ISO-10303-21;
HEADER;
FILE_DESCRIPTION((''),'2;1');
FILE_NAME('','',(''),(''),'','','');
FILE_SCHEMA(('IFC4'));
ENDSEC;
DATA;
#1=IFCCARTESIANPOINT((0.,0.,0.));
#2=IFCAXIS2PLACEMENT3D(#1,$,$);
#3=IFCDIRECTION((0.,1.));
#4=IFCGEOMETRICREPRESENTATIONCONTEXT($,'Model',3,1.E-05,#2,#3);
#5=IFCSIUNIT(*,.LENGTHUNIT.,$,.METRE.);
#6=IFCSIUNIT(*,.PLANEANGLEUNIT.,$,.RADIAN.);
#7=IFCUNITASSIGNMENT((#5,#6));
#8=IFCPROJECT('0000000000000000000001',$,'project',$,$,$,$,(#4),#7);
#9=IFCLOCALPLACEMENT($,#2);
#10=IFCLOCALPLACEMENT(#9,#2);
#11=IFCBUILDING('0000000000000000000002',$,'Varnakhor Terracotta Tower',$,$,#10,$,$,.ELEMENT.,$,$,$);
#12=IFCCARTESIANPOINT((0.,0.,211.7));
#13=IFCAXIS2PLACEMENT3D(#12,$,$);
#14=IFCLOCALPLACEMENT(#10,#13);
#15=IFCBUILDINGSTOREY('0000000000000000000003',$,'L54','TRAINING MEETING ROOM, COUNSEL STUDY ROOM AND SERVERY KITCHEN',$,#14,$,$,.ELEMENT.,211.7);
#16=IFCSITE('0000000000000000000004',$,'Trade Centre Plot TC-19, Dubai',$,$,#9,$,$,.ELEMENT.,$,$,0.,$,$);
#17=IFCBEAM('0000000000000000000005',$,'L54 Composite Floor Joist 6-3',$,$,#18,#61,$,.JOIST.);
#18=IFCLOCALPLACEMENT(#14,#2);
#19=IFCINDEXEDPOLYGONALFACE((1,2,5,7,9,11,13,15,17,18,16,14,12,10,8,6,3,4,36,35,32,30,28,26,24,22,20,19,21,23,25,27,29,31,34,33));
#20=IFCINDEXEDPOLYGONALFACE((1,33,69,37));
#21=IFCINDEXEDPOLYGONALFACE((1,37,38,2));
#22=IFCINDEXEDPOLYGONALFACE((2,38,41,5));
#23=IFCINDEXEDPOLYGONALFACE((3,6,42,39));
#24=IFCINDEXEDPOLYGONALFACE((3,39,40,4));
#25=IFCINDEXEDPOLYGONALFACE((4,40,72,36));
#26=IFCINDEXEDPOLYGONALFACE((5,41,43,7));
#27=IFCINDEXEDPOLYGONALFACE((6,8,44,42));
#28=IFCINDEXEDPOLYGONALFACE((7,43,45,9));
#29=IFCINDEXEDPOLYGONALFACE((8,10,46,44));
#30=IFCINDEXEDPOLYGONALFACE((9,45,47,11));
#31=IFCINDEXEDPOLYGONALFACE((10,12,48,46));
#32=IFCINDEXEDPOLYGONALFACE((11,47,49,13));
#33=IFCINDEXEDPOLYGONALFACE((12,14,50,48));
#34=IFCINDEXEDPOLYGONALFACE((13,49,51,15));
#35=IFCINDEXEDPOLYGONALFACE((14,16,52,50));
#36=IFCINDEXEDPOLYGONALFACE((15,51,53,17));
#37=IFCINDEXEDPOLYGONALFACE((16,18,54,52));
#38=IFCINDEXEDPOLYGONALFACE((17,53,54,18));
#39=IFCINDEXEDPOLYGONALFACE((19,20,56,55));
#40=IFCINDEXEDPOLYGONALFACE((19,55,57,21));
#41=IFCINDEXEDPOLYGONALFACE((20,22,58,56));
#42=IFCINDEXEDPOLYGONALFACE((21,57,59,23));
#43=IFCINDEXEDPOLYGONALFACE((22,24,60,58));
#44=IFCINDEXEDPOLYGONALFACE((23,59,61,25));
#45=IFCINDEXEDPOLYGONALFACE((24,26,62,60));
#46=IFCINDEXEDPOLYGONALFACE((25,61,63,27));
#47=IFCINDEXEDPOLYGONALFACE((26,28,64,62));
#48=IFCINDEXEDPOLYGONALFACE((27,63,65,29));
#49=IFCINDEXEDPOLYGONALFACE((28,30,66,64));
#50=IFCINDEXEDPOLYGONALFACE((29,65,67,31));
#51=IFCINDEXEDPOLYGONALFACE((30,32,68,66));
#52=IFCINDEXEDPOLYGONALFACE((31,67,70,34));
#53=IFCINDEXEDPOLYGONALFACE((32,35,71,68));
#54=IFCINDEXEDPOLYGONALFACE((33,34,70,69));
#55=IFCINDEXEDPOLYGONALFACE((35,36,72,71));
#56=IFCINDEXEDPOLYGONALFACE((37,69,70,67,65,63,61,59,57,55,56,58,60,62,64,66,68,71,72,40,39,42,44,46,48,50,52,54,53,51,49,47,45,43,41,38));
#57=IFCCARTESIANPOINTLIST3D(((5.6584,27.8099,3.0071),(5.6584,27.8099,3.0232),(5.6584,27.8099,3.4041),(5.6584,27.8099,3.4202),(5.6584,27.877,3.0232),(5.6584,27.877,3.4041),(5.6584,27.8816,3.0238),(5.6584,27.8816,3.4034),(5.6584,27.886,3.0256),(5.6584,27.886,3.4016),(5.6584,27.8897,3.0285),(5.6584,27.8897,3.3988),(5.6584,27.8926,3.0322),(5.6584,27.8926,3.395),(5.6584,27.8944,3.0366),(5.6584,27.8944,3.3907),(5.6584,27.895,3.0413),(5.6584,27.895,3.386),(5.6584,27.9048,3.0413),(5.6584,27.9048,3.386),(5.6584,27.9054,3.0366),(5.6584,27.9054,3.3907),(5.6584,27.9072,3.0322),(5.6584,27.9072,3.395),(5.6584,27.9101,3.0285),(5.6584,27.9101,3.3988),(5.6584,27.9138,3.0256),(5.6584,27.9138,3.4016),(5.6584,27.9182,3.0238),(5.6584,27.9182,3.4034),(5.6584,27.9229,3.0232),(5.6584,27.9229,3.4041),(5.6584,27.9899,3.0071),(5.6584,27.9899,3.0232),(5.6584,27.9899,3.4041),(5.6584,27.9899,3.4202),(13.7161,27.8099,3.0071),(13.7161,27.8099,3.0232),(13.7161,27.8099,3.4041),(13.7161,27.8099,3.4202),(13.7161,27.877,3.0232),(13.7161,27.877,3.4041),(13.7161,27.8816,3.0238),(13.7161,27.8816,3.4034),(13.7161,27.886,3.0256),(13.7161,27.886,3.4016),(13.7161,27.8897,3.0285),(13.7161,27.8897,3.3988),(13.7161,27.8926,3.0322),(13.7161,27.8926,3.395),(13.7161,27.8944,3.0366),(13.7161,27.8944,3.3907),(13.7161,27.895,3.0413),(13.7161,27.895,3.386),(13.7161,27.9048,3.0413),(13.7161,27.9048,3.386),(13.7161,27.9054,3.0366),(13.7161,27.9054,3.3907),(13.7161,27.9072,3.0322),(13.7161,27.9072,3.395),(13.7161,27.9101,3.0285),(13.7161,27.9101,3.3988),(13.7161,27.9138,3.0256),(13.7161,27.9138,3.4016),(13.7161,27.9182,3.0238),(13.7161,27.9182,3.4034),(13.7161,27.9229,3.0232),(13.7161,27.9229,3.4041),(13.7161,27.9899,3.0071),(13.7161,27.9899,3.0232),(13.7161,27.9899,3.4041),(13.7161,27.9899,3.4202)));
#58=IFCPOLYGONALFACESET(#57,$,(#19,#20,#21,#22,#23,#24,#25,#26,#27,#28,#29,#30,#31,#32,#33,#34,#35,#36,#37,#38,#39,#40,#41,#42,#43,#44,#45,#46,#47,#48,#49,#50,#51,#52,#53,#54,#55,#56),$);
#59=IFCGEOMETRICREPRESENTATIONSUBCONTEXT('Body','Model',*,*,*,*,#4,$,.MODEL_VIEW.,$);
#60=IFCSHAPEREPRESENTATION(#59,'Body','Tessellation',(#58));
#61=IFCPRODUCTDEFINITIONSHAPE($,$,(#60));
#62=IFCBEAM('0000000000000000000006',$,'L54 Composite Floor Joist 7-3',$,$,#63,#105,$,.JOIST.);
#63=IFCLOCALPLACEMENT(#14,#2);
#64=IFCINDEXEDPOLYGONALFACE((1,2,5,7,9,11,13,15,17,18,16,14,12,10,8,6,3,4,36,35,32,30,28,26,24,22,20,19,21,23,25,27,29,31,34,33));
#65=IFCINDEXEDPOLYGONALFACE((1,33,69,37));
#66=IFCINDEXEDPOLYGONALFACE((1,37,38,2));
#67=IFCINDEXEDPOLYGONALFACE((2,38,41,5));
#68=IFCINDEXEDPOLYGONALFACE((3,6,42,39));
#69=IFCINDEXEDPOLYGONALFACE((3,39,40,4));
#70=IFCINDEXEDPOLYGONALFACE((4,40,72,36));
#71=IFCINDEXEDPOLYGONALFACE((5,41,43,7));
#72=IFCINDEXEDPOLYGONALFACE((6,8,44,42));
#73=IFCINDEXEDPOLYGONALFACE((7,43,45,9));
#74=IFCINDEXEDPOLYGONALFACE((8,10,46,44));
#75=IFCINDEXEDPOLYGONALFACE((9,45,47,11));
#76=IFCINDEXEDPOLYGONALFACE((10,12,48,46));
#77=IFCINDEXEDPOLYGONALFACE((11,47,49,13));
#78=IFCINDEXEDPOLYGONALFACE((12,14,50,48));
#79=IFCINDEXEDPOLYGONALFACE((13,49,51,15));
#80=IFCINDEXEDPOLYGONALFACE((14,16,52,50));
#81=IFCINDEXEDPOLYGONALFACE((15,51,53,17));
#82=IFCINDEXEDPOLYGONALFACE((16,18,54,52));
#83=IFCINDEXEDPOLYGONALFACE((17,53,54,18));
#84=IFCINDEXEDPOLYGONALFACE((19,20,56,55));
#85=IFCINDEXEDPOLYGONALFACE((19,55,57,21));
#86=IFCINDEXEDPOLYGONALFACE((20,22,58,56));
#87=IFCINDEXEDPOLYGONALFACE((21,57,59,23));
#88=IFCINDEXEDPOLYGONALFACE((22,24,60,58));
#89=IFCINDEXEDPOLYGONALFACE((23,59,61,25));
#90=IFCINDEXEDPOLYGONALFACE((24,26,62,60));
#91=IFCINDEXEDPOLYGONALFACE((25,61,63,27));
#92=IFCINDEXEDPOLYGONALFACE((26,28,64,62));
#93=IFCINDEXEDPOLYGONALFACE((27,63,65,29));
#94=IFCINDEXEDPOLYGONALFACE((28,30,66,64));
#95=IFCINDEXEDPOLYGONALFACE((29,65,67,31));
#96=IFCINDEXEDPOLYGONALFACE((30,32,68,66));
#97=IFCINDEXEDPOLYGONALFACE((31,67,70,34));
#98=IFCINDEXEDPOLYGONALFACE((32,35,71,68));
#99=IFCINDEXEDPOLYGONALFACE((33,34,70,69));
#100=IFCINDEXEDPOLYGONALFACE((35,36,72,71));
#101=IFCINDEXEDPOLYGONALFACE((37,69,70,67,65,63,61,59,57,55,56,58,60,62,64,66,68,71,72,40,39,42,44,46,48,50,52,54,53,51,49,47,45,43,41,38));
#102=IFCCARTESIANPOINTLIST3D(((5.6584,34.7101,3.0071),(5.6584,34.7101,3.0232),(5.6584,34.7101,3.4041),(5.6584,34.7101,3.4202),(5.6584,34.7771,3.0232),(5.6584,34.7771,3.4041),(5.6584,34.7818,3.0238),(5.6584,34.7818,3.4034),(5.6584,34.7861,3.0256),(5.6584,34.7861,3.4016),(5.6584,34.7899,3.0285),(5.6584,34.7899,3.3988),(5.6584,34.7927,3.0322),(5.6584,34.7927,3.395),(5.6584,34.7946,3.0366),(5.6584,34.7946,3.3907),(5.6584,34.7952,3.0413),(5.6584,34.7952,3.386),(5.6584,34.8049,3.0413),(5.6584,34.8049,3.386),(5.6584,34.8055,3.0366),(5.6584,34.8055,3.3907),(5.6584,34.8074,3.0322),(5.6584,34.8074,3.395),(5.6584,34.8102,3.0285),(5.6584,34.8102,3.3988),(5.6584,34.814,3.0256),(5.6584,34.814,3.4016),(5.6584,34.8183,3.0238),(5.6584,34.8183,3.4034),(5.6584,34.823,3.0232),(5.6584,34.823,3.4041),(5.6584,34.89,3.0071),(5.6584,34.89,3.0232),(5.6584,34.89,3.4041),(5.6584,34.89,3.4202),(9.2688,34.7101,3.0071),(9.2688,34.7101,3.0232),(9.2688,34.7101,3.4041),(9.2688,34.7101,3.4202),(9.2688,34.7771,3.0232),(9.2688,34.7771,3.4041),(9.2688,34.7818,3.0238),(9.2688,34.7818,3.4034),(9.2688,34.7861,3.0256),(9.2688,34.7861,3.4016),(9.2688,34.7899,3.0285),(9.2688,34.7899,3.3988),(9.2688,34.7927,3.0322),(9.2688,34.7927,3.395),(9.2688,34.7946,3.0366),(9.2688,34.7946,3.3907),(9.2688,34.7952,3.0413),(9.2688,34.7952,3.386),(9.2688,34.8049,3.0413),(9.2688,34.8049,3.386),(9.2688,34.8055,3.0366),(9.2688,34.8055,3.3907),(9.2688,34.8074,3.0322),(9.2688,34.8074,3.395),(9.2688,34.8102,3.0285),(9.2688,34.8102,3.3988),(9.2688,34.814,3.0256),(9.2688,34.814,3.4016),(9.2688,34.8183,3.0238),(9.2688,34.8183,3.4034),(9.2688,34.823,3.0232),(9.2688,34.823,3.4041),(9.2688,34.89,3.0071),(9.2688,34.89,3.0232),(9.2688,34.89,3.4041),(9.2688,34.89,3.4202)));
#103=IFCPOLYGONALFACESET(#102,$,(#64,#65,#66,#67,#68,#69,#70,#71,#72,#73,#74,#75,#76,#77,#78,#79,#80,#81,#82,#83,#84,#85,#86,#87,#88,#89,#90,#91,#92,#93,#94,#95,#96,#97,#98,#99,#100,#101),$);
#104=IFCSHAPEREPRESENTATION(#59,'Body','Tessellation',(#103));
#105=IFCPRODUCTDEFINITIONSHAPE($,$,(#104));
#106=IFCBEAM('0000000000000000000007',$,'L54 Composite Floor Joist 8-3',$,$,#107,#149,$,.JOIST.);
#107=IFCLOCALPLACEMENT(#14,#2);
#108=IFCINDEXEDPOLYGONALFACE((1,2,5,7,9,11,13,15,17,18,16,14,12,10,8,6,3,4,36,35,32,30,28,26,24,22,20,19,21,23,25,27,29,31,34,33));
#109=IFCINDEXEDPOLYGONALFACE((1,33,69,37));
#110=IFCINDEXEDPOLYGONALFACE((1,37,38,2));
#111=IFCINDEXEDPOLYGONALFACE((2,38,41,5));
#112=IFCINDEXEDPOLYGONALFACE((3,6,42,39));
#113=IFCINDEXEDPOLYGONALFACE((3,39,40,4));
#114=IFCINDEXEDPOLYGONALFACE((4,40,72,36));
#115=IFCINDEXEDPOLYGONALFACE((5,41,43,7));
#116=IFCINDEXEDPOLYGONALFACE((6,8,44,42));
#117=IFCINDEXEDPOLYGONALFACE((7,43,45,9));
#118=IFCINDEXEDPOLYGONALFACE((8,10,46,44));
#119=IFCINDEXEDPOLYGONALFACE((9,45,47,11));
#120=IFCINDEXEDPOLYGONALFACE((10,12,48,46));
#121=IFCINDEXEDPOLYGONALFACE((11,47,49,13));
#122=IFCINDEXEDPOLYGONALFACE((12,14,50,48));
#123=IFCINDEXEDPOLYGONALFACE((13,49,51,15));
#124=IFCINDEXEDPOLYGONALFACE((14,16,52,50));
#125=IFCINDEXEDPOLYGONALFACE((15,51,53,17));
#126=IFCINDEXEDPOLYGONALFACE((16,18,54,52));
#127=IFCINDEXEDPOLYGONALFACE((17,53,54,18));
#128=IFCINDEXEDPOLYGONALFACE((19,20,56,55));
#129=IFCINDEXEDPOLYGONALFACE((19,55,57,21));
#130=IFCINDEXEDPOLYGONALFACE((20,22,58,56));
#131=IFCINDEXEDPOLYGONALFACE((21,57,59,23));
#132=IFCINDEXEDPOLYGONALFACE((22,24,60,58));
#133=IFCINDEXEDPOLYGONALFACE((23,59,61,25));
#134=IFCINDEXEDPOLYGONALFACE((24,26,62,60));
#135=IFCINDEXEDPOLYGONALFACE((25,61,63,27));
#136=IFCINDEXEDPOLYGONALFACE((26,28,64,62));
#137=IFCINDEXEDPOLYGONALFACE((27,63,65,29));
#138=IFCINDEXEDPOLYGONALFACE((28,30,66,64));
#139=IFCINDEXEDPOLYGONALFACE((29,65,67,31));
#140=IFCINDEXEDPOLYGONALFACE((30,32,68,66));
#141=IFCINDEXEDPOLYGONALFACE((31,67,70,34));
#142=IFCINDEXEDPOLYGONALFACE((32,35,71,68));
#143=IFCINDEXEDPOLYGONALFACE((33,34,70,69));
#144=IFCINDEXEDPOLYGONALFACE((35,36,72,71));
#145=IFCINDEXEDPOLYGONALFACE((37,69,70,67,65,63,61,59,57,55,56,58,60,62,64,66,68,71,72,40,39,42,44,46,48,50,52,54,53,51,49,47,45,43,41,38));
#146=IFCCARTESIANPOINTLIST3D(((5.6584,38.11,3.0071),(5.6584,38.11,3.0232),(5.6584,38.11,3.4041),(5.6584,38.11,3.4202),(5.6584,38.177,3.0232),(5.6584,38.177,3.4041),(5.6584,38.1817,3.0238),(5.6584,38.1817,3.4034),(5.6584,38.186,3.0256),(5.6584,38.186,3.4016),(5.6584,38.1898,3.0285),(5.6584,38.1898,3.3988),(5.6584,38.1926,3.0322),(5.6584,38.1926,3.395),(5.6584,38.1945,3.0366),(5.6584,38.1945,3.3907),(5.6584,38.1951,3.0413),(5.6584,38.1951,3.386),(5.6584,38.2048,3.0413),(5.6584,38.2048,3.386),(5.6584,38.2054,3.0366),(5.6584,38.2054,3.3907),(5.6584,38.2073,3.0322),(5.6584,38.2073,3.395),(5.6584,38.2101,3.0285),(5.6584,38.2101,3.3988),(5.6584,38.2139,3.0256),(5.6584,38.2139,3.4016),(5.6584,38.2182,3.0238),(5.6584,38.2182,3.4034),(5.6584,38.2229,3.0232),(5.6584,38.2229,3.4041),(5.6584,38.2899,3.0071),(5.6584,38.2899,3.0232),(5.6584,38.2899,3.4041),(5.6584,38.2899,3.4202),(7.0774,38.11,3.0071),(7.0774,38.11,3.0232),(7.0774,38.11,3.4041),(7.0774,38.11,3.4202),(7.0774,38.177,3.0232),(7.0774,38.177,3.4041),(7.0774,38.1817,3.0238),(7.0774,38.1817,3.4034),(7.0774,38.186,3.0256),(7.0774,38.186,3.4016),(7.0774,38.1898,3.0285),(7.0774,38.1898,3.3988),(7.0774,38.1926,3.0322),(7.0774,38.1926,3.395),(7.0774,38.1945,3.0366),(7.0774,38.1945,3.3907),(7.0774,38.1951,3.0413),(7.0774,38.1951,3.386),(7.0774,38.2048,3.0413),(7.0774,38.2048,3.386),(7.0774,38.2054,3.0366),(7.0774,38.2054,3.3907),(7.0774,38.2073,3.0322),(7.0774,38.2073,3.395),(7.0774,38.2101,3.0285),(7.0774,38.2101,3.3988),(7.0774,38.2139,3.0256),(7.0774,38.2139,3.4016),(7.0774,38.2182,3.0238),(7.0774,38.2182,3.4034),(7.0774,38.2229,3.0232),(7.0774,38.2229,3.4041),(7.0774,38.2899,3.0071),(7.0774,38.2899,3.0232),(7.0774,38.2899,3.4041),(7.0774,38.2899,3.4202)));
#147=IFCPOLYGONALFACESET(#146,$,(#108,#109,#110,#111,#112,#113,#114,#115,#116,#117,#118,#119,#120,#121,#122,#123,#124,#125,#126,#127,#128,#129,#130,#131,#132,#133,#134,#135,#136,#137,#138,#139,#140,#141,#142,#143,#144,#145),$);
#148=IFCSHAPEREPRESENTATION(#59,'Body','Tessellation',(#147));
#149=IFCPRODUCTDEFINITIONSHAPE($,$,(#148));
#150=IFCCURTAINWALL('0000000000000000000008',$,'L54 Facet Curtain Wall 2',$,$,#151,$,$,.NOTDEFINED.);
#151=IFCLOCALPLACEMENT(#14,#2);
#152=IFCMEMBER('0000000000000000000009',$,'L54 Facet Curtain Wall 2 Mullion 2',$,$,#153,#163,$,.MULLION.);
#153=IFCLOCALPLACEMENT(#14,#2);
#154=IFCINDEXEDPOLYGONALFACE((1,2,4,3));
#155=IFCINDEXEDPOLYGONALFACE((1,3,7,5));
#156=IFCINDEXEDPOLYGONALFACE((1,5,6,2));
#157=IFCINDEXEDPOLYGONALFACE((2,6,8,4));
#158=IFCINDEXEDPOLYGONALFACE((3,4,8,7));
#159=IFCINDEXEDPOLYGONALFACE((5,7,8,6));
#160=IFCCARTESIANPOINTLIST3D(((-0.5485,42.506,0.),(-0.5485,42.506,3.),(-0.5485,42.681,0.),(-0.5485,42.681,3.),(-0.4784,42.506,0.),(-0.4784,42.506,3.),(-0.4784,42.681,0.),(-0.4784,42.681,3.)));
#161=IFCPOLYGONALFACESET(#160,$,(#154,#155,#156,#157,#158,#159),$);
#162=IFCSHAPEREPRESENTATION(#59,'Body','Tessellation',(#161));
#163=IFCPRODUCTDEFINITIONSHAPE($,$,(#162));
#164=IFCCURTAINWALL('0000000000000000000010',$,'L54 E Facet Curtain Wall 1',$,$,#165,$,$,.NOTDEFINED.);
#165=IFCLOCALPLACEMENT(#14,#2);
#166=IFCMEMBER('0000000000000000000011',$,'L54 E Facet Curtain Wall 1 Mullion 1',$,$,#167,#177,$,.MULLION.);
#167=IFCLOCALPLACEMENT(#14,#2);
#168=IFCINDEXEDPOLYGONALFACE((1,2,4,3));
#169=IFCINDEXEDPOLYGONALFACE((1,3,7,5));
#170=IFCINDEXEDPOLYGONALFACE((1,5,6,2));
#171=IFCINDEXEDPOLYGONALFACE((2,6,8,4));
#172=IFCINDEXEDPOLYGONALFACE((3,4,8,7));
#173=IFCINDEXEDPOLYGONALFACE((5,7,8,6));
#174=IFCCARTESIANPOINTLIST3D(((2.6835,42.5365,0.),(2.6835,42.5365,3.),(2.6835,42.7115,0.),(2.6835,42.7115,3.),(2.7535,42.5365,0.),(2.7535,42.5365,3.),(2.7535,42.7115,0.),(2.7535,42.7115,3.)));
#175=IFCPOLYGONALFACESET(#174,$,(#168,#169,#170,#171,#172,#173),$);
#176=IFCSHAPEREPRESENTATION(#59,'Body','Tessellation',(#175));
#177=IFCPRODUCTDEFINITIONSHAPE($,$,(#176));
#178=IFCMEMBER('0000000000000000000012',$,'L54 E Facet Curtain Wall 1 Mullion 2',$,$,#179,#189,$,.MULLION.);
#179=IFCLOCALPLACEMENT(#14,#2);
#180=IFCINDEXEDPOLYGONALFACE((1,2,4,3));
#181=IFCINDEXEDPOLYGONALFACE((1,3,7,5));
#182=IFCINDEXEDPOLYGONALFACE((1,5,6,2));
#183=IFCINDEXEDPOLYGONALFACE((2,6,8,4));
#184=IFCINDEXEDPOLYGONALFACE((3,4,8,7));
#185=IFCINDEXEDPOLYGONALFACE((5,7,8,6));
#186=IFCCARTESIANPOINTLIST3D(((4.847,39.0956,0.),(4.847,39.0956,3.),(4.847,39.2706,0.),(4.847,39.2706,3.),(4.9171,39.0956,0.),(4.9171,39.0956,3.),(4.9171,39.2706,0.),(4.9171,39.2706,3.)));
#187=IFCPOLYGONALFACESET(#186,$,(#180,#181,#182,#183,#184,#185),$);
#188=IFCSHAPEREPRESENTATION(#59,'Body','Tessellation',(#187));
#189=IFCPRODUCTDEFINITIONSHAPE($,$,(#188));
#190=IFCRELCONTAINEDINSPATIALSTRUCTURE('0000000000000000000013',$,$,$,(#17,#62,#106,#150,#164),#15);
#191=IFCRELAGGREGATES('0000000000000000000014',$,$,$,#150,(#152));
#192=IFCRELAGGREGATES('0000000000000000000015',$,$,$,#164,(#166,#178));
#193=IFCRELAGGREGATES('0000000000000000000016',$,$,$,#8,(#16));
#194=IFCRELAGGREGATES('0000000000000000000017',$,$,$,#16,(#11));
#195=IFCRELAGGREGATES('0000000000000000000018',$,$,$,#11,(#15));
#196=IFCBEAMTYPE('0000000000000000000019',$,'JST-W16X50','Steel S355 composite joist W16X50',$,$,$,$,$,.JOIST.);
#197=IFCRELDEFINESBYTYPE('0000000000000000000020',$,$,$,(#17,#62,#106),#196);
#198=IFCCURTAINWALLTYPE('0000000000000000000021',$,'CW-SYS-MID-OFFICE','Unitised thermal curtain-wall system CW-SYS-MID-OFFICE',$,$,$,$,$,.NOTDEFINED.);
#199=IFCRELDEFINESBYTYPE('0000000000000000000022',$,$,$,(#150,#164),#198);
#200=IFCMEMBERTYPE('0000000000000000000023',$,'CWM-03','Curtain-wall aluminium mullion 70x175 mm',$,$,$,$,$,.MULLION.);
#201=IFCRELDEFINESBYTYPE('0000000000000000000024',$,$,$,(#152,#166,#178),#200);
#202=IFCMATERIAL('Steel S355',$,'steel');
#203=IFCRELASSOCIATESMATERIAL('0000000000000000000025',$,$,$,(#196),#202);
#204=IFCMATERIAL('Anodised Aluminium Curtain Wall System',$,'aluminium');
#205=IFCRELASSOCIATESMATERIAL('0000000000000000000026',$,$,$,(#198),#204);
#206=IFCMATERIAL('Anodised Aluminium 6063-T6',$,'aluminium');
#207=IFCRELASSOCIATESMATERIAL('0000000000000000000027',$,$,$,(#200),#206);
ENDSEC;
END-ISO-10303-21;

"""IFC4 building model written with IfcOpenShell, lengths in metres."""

from ifc_helpers import new_model, si_unit, direction, frame, origin, origin_2d, place, context, subcontext, project, spatial, rectangle, i_section, extrude, source, transform, mapped, material, material_profile, profile_set, type_object, element, aggregate, save


model = new_model("IFC4")

# Units and contexts
model_context = context("Model", 3, precision=1e-05, world=origin(), true_north=direction((0.0, 1.0)))
body_context = subcontext(model_context, "Body", "Model", "MODEL_VIEW")
ifc_project = project(units=[si_unit("LENGTHUNIT", "METRE"), si_unit("PLANEANGLEUNIT", "RADIAN")], contexts=[model_context])

# Site, building, storey
site_placement = place(None, origin())
site = spatial("IfcSite", under=ifc_project, at=site_placement, Name="Trade Centre Plot TC-19, Dubai", CompositionType="ELEMENT", RefElevation=0.0)
building_placement = place(site_placement, origin())
building = spatial("IfcBuilding", under=site, at=building_placement, Name="Varnakhor Terracotta Tower", CompositionType="ELEMENT")
storey_placement = place(building_placement, frame((0.0, 0.0, 211.7)))
storey = spatial("IfcBuildingStorey", under=building, at=storey_placement, Name="L54", Description="TRAINING MEETING ROOM, COUNSEL STUDY ROOM AND SERVERY KITCHEN", CompositionType="ELEMENT", Elevation=211.7)

# Beams
ifc_material_1 = material(Name="Steel S355", Category="steel")
ifc_material_profile_1 = material_profile(ifc_material_1, i_section(OverallWidth=0.1799, OverallDepth=0.4131, WebThickness=0.0098, FlangeThickness=0.0161, FilletRadius=0.0181, at=origin_2d()), Name="W16X50")
ifc_profile_set_1 = profile_set([ifc_material_profile_1], Name="Steel S355")
beam_type_1 = type_object("IfcBeamType", Name="JST-W16X50", Description="Steel S355 composite joist W16X50", PredefinedType="JOIST", material=ifc_profile_set_1)
shared_shape_1 = source(origin(), body_context, "Body", "SweptSolid", [
    extrude(i_section(OverallWidth=0.1799, OverallDepth=0.4131, WebThickness=0.0098, FlangeThickness=0.0161, FilletRadius=0.0181, at=origin_2d()), origin(), (0.0, 0.0, 1.0), 8.0576),
])
beam_1_placement = place(storey_placement, frame((5.6584, 27.8999, 3.2136), z_axis=(1.0, 0.0, 0.0), x_axis=(0.0, 1.0, 0.0)))
element("IfcBeam", 1, at=beam_1_placement, inside=storey, type_object=beam_type_1, Name="L54 Composite Floor Joist 6-3", PredefinedType="JOIST", context=body_context, shape_type="MappedRepresentation", body=[
    mapped(shared_shape_1, transform((0.0, 0.0, 0.0), scale=1.0)),
])
shared_shape_2 = source(origin(), body_context, "Body", "SweptSolid", [
    extrude(i_section(OverallWidth=0.1799, OverallDepth=0.4131, WebThickness=0.0098, FlangeThickness=0.0161, FilletRadius=0.0181, at=origin_2d()), origin(), (0.0, 0.0, 1.0), 3.6104),
])
beam_2_placement = place(storey_placement, frame((5.6584, 34.8, 3.2136), z_axis=(1.0, 0.0, 0.0), x_axis=(0.0, 1.0, 0.0)))
element("IfcBeam", 2, at=beam_2_placement, inside=storey, type_object=beam_type_1, Name="L54 Composite Floor Joist 7-3", PredefinedType="JOIST", context=body_context, shape_type="MappedRepresentation", body=[
    mapped(shared_shape_2, transform((0.0, 0.0, 0.0), scale=1.0)),
])
shared_shape_3 = source(origin(), body_context, "Body", "SweptSolid", [
    extrude(i_section(OverallWidth=0.1799, OverallDepth=0.4131, WebThickness=0.0098, FlangeThickness=0.0161, FilletRadius=0.0181, at=origin_2d()), origin(), (0.0, 0.0, 1.0), 1.4189),
])
beam_3_placement = place(storey_placement, frame((5.6584, 38.2, 3.2136), z_axis=(1.0, 0.0, 0.0), x_axis=(0.0, 1.0, 0.0)))
element("IfcBeam", 3, at=beam_3_placement, inside=storey, type_object=beam_type_1, Name="L54 Composite Floor Joist 8-3", PredefinedType="JOIST", context=body_context, shape_type="MappedRepresentation", body=[
    mapped(shared_shape_3, transform((0.0, 0.0, 0.0), scale=1.0)),
])

# Curtain wall, member
ifc_material_2 = material(Name="Anodised Aluminium Curtain Wall System", Category="aluminium")
curtain_wall_type = type_object("IfcCurtainWallType", Name="CW-SYS-MID-OFFICE", Description="Unitised thermal curtain-wall system CW-SYS-MID-OFFICE", PredefinedType="NOTDEFINED", material=ifc_material_2)
curtain_wall_1_placement = place(storey_placement, origin())
curtain_wall_1 = element("IfcCurtainWall", 4, at=curtain_wall_1_placement, inside=storey, type_object=curtain_wall_type, Name="L54 Facet Curtain Wall 2", PredefinedType="NOTDEFINED")
ifc_material_3 = material(Name="Anodised Aluminium 6063-T6", Category="aluminium")
ifc_material_profile_2 = material_profile(ifc_material_3, rectangle(XDim=0.0701, YDim=0.175, at=origin_2d()), Name="ALU MULLION 70x175")
ifc_profile_set_2 = profile_set([ifc_material_profile_2], Name="Anodised Aluminium 6063-T6")
member_type_1 = type_object("IfcMemberType", Name="CWM-03", Description="Curtain-wall aluminium mullion 70x175 mm", PredefinedType="MULLION", material=ifc_profile_set_2)
shared_shape_4 = source(origin(), body_context, "Body", "SweptSolid", [
    extrude(rectangle(XDim=0.0701, YDim=0.175, at=origin_2d()), origin(), (0.0, 0.0, 1.0), 3.0),
])
member_1_placement = place(storey_placement, frame((-0.5134, 42.5935, 0.0), z_axis=(0.0, 0.0, 1.0), x_axis=(1.0, 0.0, 0.0)))
member_1 = element("IfcMember", 5, at=member_1_placement, type_object=member_type_1, Name="L54 Facet Curtain Wall 2 Mullion 2", PredefinedType="MULLION", context=body_context, shape_type="MappedRepresentation", body=[
    mapped(shared_shape_4, transform((0.0, 0.0, 0.0), scale=1.0)),
])

# Curtain wall, members
curtain_wall_2_placement = place(storey_placement, origin())
curtain_wall_2 = element("IfcCurtainWall", 6, at=curtain_wall_2_placement, inside=storey, type_object=curtain_wall_type, Name="L54 E Facet Curtain Wall 1", PredefinedType="NOTDEFINED")
member_2_placement = place(storey_placement, frame((2.7185, 42.624, 0.0), z_axis=(0.0, 0.0, 1.0), x_axis=(1.0, 0.0, 0.0)))
member_2 = element("IfcMember", 7, at=member_2_placement, type_object=member_type_1, Name="L54 E Facet Curtain Wall 1 Mullion 1", PredefinedType="MULLION", context=body_context, shape_type="MappedRepresentation", body=[
    mapped(shared_shape_4, transform((0.0, 0.0, 0.0), scale=1.0)),
])
member_3_placement = place(storey_placement, frame((4.8821, 39.1831, 0.0), z_axis=(0.0, 0.0, 1.0), x_axis=(1.0, 0.0, 0.0)))
member_3 = element("IfcMember", 8, at=member_3_placement, type_object=member_type_1, Name="L54 E Facet Curtain Wall 1 Mullion 2", PredefinedType="MULLION", context=body_context, shape_type="MappedRepresentation", body=[
    mapped(shared_shape_4, transform((0.0, 0.0, 0.0), scale=1.0)),
])

aggregate(curtain_wall_1, [member_1])
aggregate(curtain_wall_2, [member_2, member_3])

save(model, "model.ifc")
